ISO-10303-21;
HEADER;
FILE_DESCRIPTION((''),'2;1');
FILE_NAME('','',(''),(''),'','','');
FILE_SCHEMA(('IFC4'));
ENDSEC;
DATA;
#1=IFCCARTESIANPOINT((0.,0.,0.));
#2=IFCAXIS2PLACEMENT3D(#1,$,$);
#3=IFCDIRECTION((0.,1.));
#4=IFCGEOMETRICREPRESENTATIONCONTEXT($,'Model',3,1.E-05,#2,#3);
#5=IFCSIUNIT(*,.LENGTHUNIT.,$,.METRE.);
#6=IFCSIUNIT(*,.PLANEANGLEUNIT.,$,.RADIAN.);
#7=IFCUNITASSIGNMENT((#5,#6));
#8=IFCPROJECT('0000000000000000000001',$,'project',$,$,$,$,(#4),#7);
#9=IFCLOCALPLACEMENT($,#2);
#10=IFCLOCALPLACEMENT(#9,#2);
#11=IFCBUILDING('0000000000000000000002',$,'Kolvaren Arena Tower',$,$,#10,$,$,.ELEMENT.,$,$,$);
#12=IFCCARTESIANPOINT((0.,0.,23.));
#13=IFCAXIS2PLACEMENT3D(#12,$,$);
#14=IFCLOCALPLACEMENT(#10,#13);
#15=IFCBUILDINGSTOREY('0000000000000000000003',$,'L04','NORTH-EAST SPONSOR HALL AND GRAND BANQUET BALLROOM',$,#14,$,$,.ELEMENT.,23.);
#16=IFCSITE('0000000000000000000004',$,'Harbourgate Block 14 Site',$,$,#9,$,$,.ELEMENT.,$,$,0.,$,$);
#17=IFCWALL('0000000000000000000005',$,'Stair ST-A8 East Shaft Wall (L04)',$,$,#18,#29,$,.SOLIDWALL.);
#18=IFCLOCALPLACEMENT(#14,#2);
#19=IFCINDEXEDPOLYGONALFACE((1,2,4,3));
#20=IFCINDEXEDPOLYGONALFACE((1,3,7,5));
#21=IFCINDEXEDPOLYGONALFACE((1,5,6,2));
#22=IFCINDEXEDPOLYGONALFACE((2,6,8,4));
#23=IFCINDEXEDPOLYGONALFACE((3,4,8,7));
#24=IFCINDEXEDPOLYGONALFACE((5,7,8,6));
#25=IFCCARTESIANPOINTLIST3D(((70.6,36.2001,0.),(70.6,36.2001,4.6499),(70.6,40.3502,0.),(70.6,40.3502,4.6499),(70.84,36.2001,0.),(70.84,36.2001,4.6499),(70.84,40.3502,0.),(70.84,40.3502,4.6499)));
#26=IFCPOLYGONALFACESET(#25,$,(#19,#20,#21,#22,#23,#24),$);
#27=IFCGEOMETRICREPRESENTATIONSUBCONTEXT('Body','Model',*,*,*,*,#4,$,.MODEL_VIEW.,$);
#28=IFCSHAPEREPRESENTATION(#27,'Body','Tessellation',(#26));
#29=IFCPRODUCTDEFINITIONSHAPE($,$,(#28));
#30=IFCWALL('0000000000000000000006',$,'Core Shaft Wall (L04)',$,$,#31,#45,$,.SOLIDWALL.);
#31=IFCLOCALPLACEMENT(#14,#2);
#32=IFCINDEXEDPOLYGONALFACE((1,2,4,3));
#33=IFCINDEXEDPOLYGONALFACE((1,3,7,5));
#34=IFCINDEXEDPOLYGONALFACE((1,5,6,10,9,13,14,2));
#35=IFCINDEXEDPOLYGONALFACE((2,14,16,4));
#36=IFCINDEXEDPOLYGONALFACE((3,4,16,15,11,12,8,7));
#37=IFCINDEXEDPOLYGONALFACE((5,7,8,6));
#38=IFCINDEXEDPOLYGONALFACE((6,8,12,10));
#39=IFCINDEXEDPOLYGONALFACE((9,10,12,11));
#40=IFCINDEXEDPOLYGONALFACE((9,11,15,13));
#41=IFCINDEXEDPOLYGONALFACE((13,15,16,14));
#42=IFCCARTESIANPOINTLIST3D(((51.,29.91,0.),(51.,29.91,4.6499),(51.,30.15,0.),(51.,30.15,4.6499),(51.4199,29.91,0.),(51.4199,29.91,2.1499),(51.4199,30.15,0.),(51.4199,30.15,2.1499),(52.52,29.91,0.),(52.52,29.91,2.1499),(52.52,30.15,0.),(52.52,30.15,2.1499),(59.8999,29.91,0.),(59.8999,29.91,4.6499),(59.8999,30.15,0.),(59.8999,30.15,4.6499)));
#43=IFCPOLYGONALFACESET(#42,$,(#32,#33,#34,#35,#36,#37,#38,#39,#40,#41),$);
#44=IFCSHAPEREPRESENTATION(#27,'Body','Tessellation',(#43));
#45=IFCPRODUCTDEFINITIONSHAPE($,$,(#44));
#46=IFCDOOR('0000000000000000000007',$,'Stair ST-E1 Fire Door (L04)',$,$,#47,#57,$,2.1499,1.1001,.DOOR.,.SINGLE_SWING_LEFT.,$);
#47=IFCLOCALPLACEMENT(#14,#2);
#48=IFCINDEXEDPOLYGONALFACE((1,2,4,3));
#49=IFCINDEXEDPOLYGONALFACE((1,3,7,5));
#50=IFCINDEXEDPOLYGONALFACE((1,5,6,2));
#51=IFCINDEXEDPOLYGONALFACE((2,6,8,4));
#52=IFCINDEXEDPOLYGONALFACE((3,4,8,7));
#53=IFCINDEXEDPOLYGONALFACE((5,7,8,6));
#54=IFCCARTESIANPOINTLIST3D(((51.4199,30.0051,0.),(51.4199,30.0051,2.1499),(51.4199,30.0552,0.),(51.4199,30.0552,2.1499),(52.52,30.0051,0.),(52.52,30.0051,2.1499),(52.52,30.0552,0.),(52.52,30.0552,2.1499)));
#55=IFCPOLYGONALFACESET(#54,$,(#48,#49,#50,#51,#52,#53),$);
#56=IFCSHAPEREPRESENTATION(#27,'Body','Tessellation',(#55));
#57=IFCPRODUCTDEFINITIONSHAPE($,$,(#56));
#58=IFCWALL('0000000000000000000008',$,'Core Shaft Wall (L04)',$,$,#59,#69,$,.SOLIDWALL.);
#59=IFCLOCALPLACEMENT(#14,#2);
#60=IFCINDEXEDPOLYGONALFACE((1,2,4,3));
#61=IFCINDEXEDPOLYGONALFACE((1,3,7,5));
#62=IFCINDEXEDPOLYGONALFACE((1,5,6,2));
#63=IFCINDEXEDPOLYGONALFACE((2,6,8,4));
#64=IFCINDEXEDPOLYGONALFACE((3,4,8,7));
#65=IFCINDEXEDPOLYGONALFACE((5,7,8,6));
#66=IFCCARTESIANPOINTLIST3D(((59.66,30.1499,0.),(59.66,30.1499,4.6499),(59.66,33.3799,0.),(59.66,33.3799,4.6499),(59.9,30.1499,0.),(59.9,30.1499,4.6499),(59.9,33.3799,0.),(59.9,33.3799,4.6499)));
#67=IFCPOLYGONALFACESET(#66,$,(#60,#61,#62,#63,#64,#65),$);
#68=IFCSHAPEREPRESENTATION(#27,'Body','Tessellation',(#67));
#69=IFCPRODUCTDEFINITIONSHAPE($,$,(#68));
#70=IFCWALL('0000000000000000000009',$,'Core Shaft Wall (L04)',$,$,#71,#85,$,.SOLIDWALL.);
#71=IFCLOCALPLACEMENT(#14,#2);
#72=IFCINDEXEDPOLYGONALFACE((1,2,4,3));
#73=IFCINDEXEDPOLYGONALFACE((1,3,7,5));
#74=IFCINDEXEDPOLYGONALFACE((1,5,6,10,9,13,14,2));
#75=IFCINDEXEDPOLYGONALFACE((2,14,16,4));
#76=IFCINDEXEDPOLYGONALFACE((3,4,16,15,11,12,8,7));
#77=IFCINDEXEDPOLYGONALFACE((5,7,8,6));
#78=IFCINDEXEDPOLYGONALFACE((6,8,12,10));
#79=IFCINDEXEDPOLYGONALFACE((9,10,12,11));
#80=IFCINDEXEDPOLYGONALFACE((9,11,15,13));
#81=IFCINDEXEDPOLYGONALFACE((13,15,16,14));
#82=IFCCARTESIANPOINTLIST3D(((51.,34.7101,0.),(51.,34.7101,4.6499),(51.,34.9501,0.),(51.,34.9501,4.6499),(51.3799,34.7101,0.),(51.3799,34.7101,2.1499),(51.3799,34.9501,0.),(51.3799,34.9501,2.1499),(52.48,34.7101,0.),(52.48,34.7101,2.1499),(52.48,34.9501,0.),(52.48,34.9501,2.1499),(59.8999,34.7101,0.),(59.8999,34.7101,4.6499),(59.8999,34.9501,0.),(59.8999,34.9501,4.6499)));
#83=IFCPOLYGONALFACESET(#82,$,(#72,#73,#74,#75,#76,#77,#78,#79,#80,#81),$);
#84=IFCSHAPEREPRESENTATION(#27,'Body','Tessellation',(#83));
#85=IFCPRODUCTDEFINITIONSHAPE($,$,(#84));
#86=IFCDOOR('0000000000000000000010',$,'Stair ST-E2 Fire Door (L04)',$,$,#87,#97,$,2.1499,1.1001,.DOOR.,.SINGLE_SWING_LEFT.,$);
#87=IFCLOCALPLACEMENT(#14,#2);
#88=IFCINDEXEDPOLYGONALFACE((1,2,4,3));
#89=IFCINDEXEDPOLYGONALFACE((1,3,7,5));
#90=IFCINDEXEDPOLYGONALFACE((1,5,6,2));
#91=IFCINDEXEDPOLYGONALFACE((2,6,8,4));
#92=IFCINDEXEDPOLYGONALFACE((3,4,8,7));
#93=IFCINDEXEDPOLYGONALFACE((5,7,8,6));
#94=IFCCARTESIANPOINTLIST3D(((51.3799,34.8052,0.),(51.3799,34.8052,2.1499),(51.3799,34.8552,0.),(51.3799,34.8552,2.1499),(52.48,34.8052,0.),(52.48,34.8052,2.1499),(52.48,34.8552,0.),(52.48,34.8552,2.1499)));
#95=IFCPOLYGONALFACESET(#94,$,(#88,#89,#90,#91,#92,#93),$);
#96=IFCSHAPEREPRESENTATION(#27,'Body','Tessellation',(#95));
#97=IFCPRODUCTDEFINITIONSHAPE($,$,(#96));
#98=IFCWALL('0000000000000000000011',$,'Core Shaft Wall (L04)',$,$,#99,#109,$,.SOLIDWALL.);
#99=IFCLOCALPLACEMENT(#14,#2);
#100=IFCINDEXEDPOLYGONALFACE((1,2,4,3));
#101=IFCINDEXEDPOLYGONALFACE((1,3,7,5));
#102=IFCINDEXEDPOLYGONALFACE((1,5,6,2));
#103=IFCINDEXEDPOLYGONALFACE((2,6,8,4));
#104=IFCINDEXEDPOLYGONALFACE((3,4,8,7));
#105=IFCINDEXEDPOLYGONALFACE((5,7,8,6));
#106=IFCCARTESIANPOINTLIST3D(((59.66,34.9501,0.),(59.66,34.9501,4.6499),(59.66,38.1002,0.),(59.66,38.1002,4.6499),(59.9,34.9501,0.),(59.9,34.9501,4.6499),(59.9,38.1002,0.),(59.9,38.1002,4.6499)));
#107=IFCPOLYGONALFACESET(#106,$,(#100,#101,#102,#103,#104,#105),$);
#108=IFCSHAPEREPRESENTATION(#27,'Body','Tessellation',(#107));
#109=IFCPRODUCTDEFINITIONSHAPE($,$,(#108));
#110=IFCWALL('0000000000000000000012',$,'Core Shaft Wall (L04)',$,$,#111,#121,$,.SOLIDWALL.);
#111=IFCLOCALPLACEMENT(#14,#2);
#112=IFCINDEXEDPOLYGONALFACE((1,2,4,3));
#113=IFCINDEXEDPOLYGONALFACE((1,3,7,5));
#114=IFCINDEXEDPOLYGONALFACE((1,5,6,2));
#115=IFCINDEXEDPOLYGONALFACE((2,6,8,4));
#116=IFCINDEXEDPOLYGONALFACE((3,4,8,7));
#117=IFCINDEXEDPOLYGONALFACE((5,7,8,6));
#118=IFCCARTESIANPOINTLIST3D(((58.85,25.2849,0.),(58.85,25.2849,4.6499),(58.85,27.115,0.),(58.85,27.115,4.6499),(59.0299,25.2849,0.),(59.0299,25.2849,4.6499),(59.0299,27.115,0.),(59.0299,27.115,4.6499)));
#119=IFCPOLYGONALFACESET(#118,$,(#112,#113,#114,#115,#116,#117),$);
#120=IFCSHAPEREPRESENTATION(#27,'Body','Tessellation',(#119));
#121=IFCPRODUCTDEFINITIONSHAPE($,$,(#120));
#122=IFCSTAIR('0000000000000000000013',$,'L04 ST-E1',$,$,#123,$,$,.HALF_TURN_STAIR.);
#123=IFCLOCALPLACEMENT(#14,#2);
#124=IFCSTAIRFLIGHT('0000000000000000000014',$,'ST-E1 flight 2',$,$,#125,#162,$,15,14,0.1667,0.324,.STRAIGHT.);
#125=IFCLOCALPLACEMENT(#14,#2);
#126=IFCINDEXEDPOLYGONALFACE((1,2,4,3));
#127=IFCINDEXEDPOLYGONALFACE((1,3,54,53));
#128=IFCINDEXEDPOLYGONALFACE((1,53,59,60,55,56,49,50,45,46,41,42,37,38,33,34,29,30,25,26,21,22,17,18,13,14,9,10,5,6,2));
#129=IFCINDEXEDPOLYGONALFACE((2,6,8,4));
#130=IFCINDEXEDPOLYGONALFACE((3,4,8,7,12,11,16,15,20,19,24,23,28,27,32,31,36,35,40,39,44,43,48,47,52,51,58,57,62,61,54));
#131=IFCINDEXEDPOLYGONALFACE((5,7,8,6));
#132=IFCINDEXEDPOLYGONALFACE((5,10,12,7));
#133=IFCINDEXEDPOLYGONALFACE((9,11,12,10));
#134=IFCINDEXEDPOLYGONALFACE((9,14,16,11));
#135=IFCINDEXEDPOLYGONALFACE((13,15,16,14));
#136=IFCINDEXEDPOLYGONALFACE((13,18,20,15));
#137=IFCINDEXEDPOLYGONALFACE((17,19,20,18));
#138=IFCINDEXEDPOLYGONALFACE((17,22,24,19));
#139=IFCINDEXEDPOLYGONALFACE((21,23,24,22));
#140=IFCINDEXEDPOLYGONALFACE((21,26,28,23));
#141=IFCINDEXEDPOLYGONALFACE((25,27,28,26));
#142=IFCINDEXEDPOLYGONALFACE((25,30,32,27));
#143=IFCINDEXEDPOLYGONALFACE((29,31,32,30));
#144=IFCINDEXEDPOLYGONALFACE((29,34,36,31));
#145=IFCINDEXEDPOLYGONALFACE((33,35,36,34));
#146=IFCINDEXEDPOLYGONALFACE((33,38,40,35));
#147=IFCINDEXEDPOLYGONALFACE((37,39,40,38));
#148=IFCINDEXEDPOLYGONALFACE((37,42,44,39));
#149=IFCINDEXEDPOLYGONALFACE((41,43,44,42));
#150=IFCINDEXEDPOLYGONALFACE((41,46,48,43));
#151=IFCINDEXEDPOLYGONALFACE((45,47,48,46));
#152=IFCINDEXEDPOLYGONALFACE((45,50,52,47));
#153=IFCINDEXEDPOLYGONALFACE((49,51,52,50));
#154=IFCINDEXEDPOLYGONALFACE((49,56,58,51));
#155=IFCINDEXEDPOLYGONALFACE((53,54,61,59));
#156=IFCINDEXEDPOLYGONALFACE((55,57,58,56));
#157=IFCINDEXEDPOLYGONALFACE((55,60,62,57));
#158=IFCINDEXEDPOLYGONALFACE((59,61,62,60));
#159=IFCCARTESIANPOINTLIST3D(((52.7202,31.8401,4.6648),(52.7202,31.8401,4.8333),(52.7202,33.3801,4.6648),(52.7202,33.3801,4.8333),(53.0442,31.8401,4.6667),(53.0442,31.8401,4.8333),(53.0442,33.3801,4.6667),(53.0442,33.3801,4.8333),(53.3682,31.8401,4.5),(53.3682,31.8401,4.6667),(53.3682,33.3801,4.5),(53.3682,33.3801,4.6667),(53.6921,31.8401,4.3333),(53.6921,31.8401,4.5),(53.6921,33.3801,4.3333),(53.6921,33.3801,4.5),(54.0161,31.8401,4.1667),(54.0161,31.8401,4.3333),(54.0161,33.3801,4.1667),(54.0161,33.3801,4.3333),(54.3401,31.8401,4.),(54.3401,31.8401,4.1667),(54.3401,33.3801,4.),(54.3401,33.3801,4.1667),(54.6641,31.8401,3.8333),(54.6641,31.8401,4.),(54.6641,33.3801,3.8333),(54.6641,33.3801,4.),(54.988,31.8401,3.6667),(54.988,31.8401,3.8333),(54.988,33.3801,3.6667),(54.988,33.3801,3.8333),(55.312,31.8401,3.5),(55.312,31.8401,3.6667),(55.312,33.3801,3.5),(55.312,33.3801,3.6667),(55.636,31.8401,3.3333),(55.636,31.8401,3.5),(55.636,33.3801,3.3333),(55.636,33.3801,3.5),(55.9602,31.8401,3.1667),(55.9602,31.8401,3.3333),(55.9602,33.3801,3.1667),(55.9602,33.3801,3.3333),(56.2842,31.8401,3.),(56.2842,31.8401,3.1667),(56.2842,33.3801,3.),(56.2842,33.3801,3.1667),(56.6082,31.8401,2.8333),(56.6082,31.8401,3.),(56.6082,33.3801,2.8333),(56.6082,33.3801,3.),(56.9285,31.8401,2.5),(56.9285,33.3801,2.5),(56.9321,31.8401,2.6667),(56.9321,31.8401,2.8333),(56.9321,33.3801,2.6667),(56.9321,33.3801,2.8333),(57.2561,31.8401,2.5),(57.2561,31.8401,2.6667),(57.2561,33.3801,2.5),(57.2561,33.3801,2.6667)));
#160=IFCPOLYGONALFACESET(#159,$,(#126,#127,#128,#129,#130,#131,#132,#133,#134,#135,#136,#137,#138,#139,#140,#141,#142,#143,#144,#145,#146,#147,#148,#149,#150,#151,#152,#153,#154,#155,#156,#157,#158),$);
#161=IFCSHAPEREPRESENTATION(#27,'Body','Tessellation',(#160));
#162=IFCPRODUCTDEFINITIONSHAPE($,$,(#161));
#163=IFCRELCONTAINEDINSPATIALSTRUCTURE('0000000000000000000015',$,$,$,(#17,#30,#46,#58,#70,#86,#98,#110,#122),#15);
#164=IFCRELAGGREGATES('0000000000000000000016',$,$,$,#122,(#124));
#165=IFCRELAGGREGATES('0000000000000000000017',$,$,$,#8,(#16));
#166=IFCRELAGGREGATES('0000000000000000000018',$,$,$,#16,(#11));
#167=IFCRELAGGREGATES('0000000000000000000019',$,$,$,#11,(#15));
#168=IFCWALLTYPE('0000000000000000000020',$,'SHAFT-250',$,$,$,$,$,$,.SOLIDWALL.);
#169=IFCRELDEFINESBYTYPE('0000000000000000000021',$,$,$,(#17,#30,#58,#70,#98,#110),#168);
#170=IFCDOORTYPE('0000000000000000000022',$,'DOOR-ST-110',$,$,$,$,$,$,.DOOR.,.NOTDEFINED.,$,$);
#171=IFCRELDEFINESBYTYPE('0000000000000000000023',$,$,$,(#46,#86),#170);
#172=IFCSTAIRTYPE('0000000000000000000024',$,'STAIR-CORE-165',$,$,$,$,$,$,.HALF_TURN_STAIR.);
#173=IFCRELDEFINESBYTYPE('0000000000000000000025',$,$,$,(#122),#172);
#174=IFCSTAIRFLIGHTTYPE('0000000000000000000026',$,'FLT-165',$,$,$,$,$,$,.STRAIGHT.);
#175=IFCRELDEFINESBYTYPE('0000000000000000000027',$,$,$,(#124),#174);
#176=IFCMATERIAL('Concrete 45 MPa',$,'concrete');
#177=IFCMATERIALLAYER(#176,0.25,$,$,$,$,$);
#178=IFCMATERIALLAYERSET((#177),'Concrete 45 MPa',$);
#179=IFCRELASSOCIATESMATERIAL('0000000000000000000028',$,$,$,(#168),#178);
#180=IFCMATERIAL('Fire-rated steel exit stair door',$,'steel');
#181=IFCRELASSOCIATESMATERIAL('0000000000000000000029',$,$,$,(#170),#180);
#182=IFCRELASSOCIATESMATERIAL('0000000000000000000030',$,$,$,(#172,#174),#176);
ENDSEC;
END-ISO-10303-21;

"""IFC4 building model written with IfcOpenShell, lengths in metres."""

from ifc_helpers import new_model, si_unit, direction, frame, frame_2d, origin, place, context, subcontext, project, spatial, polyline, rectangle, outline, extrude, material, layer, layer_set, type_object, element, fill, aggregate, save


model = new_model("IFC4")

# Units and contexts
model_context = context("Model", 3, precision=1e-05, world=origin(), true_north=direction((0.0, 1.0)))
body_context = subcontext(model_context, "Body", "Model", "MODEL_VIEW")
ifc_project = project(units=[si_unit("LENGTHUNIT", "METRE"), si_unit("PLANEANGLEUNIT", "RADIAN")], contexts=[model_context])

# Site, building, storey
site_placement = place(None, origin())
site = spatial("IfcSite", under=ifc_project, at=site_placement, Name="Harbourgate Block 14 Site", CompositionType="ELEMENT", RefElevation=0.0)
building_placement = place(site_placement, origin())
building = spatial("IfcBuilding", under=site, at=building_placement, Name="Kolvaren Arena Tower", CompositionType="ELEMENT")
storey_placement = place(building_placement, frame((0.0, 0.0, 23.0)))
storey = spatial("IfcBuildingStorey", under=building, at=storey_placement, Name="L04", Description="NORTH-EAST SPONSOR HALL AND GRAND BANQUET BALLROOM", CompositionType="ELEMENT", Elevation=23.0)

# Shared definitions
ifc_material_1 = material(Name="Concrete 45 MPa", Category="concrete")
ifc_layer_1 = layer(ifc_material_1, 0.25)
ifc_layer_set_1 = layer_set([ifc_layer_1], Name="Concrete 45 MPa")
wall_type_1 = type_object("IfcWallType", Name="SHAFT-250", PredefinedType="SOLIDWALL", material=ifc_layer_set_1)
ifc_material_2 = material(Name="Fire-rated steel exit stair door", Category="steel")
door_type = type_object("IfcDoorType", Name="DOOR-ST-110", OperationType="NOTDEFINED", PredefinedType="DOOR", material=ifc_material_2)

# Wall
for number, where, z_axis, x_axis, name in (
    (1, (70.72, 36.2, 0.0), (0.0, 0.0, 1.0), (0.0, 1.0, 0.0), "Stair ST-A8 East Shaft Wall (L04)"),
):
    element("IfcWall", number, at=place(storey_placement, frame(where, z_axis=z_axis, x_axis=x_axis)), inside=storey, type_object=wall_type_1, Name=name, PredefinedType="SOLIDWALL", context=body_context, shape_type="SweptSolid", body=[
        extrude(rectangle(XDim=4.1501, YDim=0.24, at=frame_2d((2.0752, 0.0))), origin(), (0.0, 0.0, 1.0), 4.6499),
    ])

# Wall, opening, door
wall_1_placement = place(storey_placement, frame((59.8999, 30.03, 0.0), z_axis=(0.0, 0.0, 1.0), x_axis=(-1.0, 0.0, 0.0)))
wall_1 = element("IfcWall", 2, at=wall_1_placement, inside=storey, type_object=wall_type_1, Name="Core Shaft Wall (L04)", PredefinedType="SOLIDWALL", context=body_context, shape_type="SweptSolid", body=[
    extrude(rectangle(XDim=8.8999, YDim=0.24, at=frame_2d((4.45, 0.0))), origin(), (0.0, 0.0, 1.0), 4.6499),
])
opening_1_placement = place(wall_1_placement, frame((7.3799, 0.0, 0.0)))
opening_1 = element("IfcOpeningElement", 3, at=opening_1_placement, cuts=wall_1, PredefinedType="OPENING", context=body_context, shape_type="SweptSolid", body=[
    extrude(rectangle(XDim=1.1001, YDim=2.1499, at=frame_2d((0.55, 1.075))), frame((0.0, 0.1299, 0.0), z_axis=(0.0, -1.0, 0.0), x_axis=(1.0, 0.0, 0.0)), (0.0, 0.0, 1.0), 0.26),
])
door_1_placement = place(opening_1_placement, origin())
door_1 = element("IfcDoor", 4, at=door_1_placement, inside=storey, type_object=door_type, Name="Stair ST-E1 Fire Door (L04)", OperationType="SINGLE_SWING_LEFT", OverallHeight=2.1499, OverallWidth=1.1001, PredefinedType="DOOR", context=body_context, shape_type="SweptSolid", body=[
    extrude(rectangle(XDim=1.1001, YDim=2.1499, at=frame_2d((0.55, 1.075))), frame((0.0, 0.0249, 0.0), z_axis=(0.0, -1.0, 0.0), x_axis=(1.0, 0.0, 0.0)), (0.0, 0.0, 1.0), 0.05),
])
fill(opening_1, door_1)

# Wall
wall_2_placement = place(storey_placement, frame((59.78, 30.1499, 0.0), z_axis=(0.0, 0.0, 1.0), x_axis=(0.0, 1.0, 0.0)))
element("IfcWall", 5, at=wall_2_placement, inside=storey, type_object=wall_type_1, Name="Core Shaft Wall (L04)", PredefinedType="SOLIDWALL", context=body_context, shape_type="SweptSolid", body=[
    extrude(rectangle(XDim=3.23, YDim=0.24, at=frame_2d((1.615, 0.0))), origin(), (0.0, 0.0, 1.0), 4.6499),
])

# Wall, opening, door
wall_3_placement = place(storey_placement, frame((59.8999, 34.8301, 0.0), z_axis=(0.0, 0.0, 1.0), x_axis=(-1.0, 0.0, 0.0)))
wall_3 = element("IfcWall", 6, at=wall_3_placement, inside=storey, type_object=wall_type_1, Name="Core Shaft Wall (L04)", PredefinedType="SOLIDWALL", context=body_context, shape_type="SweptSolid", body=[
    extrude(rectangle(XDim=8.8999, YDim=0.24, at=frame_2d((4.45, 0.0))), origin(), (0.0, 0.0, 1.0), 4.6499),
])
opening_2_placement = place(wall_3_placement, frame((7.4199, 0.0, 0.0)))
opening_2 = element("IfcOpeningElement", 7, at=opening_2_placement, cuts=wall_3, PredefinedType="OPENING", context=body_context, shape_type="SweptSolid", body=[
    extrude(rectangle(XDim=1.1001, YDim=2.1499, at=frame_2d((0.55, 1.075))), frame((0.0, 0.1299, 0.0), z_axis=(0.0, -1.0, 0.0), x_axis=(1.0, 0.0, 0.0)), (0.0, 0.0, 1.0), 0.26),
])
door_2_placement = place(opening_2_placement, origin())
door_2 = element("IfcDoor", 8, at=door_2_placement, inside=storey, type_object=door_type, Name="Stair ST-E2 Fire Door (L04)", OperationType="SINGLE_SWING_LEFT", OverallHeight=2.1499, OverallWidth=1.1001, PredefinedType="DOOR", context=body_context, shape_type="SweptSolid", body=[
    extrude(rectangle(XDim=1.1001, YDim=2.1499, at=frame_2d((0.55, 1.075))), frame((0.0, 0.0249, 0.0), z_axis=(0.0, -1.0, 0.0), x_axis=(1.0, 0.0, 0.0)), (0.0, 0.0, 1.0), 0.05),
])
fill(opening_2, door_2)

# Walls
wall_4_placement = place(storey_placement, frame((59.78, 34.95, 0.0), z_axis=(0.0, 0.0, 1.0), x_axis=(0.0, 1.0, 0.0)))
element("IfcWall", 9, at=wall_4_placement, inside=storey, type_object=wall_type_1, Name="Core Shaft Wall (L04)", PredefinedType="SOLIDWALL", context=body_context, shape_type="SweptSolid", body=[
    extrude(rectangle(XDim=3.1501, YDim=0.24, at=frame_2d((1.5752, 0.0))), origin(), (0.0, 0.0, 1.0), 4.6499),
])
wall_5_placement = place(storey_placement, frame((58.9399, 25.2849, 0.0), z_axis=(0.0, 0.0, 1.0), x_axis=(0.0, 1.0, 0.0)))
element("IfcWall", 10, at=wall_5_placement, inside=storey, type_object=wall_type_1, Name="Core Shaft Wall (L04)", PredefinedType="SOLIDWALL", context=body_context, shape_type="SweptSolid", body=[
    extrude(rectangle(XDim=1.8301, YDim=0.1799, at=frame_2d((0.915, 0.0))), origin(), (0.0, 0.0, 1.0), 4.6499),
])

# Stair, stair flight
stair_type_1 = type_object("IfcStairType", Name="STAIR-CORE-165", PredefinedType="HALF_TURN_STAIR", material=ifc_material_1)
stair_1_placement = place(storey_placement, origin())
stair_1 = element("IfcStair", 11, at=stair_1_placement, inside=storey, type_object=stair_type_1, Name="L04 ST-E1", PredefinedType="HALF_TURN_STAIR")
stair_flight_type_1 = type_object("IfcStairFlightType", Name="FLT-165", PredefinedType="STRAIGHT", material=ifc_material_1)
stair_flight_1_placement = place(storey_placement, frame((57.2561, 32.6101, 2.5), z_axis=(0.0, 0.0, 1.0), x_axis=(-1.0, 0.0, 0.0)))
stair_flight_1 = element("IfcStairFlight", 12, at=stair_flight_1_placement, type_object=stair_flight_type_1, Name="ST-E1 flight 2", NumberOfRisers=15, NumberOfTreads=14, PredefinedType="STRAIGHT", RiserHeight=0.1667, TreadLength=0.324, context=body_context, shape_type="SweptSolid", body=[
    extrude(outline(polyline([(0.0, 0.0), (0.0, 0.1667), (0.324, 0.1667), (0.324, 0.3333), (0.6479, 0.3333), (0.6479, 0.5), (0.9719, 0.5), (0.9719, 0.6667), (1.2959, 0.6667), (1.2959, 0.8333), (1.6201, 0.8333), (1.6201, 1.0), (1.9441, 1.0), (1.9441, 1.1667), (2.2681, 1.1667), (2.2681, 1.3333), (2.592, 1.3333), (2.592, 1.5), (2.916, 1.5), (2.916, 1.6667), (3.24, 1.6667), (3.24, 1.8333), (3.564, 1.8333), (3.564, 2.0), (3.8879, 2.0), (3.8879, 2.1667), (4.2119, 2.1667), (4.2119, 2.3333), (4.5359, 2.3333), (4.5359, 2.5), (4.5359, 2.1648), (0.3276, 0.0), (0.0, 0.0)])), frame((0.0, 0.77, 0.0), z_axis=(0.0, -1.0, 0.0), x_axis=(1.0, 0.0, 0.0)), (0.0, 0.0, 1.0), 1.54),
])
aggregate(stair_1, [stair_flight_1])

save(model, "model.ifc")
